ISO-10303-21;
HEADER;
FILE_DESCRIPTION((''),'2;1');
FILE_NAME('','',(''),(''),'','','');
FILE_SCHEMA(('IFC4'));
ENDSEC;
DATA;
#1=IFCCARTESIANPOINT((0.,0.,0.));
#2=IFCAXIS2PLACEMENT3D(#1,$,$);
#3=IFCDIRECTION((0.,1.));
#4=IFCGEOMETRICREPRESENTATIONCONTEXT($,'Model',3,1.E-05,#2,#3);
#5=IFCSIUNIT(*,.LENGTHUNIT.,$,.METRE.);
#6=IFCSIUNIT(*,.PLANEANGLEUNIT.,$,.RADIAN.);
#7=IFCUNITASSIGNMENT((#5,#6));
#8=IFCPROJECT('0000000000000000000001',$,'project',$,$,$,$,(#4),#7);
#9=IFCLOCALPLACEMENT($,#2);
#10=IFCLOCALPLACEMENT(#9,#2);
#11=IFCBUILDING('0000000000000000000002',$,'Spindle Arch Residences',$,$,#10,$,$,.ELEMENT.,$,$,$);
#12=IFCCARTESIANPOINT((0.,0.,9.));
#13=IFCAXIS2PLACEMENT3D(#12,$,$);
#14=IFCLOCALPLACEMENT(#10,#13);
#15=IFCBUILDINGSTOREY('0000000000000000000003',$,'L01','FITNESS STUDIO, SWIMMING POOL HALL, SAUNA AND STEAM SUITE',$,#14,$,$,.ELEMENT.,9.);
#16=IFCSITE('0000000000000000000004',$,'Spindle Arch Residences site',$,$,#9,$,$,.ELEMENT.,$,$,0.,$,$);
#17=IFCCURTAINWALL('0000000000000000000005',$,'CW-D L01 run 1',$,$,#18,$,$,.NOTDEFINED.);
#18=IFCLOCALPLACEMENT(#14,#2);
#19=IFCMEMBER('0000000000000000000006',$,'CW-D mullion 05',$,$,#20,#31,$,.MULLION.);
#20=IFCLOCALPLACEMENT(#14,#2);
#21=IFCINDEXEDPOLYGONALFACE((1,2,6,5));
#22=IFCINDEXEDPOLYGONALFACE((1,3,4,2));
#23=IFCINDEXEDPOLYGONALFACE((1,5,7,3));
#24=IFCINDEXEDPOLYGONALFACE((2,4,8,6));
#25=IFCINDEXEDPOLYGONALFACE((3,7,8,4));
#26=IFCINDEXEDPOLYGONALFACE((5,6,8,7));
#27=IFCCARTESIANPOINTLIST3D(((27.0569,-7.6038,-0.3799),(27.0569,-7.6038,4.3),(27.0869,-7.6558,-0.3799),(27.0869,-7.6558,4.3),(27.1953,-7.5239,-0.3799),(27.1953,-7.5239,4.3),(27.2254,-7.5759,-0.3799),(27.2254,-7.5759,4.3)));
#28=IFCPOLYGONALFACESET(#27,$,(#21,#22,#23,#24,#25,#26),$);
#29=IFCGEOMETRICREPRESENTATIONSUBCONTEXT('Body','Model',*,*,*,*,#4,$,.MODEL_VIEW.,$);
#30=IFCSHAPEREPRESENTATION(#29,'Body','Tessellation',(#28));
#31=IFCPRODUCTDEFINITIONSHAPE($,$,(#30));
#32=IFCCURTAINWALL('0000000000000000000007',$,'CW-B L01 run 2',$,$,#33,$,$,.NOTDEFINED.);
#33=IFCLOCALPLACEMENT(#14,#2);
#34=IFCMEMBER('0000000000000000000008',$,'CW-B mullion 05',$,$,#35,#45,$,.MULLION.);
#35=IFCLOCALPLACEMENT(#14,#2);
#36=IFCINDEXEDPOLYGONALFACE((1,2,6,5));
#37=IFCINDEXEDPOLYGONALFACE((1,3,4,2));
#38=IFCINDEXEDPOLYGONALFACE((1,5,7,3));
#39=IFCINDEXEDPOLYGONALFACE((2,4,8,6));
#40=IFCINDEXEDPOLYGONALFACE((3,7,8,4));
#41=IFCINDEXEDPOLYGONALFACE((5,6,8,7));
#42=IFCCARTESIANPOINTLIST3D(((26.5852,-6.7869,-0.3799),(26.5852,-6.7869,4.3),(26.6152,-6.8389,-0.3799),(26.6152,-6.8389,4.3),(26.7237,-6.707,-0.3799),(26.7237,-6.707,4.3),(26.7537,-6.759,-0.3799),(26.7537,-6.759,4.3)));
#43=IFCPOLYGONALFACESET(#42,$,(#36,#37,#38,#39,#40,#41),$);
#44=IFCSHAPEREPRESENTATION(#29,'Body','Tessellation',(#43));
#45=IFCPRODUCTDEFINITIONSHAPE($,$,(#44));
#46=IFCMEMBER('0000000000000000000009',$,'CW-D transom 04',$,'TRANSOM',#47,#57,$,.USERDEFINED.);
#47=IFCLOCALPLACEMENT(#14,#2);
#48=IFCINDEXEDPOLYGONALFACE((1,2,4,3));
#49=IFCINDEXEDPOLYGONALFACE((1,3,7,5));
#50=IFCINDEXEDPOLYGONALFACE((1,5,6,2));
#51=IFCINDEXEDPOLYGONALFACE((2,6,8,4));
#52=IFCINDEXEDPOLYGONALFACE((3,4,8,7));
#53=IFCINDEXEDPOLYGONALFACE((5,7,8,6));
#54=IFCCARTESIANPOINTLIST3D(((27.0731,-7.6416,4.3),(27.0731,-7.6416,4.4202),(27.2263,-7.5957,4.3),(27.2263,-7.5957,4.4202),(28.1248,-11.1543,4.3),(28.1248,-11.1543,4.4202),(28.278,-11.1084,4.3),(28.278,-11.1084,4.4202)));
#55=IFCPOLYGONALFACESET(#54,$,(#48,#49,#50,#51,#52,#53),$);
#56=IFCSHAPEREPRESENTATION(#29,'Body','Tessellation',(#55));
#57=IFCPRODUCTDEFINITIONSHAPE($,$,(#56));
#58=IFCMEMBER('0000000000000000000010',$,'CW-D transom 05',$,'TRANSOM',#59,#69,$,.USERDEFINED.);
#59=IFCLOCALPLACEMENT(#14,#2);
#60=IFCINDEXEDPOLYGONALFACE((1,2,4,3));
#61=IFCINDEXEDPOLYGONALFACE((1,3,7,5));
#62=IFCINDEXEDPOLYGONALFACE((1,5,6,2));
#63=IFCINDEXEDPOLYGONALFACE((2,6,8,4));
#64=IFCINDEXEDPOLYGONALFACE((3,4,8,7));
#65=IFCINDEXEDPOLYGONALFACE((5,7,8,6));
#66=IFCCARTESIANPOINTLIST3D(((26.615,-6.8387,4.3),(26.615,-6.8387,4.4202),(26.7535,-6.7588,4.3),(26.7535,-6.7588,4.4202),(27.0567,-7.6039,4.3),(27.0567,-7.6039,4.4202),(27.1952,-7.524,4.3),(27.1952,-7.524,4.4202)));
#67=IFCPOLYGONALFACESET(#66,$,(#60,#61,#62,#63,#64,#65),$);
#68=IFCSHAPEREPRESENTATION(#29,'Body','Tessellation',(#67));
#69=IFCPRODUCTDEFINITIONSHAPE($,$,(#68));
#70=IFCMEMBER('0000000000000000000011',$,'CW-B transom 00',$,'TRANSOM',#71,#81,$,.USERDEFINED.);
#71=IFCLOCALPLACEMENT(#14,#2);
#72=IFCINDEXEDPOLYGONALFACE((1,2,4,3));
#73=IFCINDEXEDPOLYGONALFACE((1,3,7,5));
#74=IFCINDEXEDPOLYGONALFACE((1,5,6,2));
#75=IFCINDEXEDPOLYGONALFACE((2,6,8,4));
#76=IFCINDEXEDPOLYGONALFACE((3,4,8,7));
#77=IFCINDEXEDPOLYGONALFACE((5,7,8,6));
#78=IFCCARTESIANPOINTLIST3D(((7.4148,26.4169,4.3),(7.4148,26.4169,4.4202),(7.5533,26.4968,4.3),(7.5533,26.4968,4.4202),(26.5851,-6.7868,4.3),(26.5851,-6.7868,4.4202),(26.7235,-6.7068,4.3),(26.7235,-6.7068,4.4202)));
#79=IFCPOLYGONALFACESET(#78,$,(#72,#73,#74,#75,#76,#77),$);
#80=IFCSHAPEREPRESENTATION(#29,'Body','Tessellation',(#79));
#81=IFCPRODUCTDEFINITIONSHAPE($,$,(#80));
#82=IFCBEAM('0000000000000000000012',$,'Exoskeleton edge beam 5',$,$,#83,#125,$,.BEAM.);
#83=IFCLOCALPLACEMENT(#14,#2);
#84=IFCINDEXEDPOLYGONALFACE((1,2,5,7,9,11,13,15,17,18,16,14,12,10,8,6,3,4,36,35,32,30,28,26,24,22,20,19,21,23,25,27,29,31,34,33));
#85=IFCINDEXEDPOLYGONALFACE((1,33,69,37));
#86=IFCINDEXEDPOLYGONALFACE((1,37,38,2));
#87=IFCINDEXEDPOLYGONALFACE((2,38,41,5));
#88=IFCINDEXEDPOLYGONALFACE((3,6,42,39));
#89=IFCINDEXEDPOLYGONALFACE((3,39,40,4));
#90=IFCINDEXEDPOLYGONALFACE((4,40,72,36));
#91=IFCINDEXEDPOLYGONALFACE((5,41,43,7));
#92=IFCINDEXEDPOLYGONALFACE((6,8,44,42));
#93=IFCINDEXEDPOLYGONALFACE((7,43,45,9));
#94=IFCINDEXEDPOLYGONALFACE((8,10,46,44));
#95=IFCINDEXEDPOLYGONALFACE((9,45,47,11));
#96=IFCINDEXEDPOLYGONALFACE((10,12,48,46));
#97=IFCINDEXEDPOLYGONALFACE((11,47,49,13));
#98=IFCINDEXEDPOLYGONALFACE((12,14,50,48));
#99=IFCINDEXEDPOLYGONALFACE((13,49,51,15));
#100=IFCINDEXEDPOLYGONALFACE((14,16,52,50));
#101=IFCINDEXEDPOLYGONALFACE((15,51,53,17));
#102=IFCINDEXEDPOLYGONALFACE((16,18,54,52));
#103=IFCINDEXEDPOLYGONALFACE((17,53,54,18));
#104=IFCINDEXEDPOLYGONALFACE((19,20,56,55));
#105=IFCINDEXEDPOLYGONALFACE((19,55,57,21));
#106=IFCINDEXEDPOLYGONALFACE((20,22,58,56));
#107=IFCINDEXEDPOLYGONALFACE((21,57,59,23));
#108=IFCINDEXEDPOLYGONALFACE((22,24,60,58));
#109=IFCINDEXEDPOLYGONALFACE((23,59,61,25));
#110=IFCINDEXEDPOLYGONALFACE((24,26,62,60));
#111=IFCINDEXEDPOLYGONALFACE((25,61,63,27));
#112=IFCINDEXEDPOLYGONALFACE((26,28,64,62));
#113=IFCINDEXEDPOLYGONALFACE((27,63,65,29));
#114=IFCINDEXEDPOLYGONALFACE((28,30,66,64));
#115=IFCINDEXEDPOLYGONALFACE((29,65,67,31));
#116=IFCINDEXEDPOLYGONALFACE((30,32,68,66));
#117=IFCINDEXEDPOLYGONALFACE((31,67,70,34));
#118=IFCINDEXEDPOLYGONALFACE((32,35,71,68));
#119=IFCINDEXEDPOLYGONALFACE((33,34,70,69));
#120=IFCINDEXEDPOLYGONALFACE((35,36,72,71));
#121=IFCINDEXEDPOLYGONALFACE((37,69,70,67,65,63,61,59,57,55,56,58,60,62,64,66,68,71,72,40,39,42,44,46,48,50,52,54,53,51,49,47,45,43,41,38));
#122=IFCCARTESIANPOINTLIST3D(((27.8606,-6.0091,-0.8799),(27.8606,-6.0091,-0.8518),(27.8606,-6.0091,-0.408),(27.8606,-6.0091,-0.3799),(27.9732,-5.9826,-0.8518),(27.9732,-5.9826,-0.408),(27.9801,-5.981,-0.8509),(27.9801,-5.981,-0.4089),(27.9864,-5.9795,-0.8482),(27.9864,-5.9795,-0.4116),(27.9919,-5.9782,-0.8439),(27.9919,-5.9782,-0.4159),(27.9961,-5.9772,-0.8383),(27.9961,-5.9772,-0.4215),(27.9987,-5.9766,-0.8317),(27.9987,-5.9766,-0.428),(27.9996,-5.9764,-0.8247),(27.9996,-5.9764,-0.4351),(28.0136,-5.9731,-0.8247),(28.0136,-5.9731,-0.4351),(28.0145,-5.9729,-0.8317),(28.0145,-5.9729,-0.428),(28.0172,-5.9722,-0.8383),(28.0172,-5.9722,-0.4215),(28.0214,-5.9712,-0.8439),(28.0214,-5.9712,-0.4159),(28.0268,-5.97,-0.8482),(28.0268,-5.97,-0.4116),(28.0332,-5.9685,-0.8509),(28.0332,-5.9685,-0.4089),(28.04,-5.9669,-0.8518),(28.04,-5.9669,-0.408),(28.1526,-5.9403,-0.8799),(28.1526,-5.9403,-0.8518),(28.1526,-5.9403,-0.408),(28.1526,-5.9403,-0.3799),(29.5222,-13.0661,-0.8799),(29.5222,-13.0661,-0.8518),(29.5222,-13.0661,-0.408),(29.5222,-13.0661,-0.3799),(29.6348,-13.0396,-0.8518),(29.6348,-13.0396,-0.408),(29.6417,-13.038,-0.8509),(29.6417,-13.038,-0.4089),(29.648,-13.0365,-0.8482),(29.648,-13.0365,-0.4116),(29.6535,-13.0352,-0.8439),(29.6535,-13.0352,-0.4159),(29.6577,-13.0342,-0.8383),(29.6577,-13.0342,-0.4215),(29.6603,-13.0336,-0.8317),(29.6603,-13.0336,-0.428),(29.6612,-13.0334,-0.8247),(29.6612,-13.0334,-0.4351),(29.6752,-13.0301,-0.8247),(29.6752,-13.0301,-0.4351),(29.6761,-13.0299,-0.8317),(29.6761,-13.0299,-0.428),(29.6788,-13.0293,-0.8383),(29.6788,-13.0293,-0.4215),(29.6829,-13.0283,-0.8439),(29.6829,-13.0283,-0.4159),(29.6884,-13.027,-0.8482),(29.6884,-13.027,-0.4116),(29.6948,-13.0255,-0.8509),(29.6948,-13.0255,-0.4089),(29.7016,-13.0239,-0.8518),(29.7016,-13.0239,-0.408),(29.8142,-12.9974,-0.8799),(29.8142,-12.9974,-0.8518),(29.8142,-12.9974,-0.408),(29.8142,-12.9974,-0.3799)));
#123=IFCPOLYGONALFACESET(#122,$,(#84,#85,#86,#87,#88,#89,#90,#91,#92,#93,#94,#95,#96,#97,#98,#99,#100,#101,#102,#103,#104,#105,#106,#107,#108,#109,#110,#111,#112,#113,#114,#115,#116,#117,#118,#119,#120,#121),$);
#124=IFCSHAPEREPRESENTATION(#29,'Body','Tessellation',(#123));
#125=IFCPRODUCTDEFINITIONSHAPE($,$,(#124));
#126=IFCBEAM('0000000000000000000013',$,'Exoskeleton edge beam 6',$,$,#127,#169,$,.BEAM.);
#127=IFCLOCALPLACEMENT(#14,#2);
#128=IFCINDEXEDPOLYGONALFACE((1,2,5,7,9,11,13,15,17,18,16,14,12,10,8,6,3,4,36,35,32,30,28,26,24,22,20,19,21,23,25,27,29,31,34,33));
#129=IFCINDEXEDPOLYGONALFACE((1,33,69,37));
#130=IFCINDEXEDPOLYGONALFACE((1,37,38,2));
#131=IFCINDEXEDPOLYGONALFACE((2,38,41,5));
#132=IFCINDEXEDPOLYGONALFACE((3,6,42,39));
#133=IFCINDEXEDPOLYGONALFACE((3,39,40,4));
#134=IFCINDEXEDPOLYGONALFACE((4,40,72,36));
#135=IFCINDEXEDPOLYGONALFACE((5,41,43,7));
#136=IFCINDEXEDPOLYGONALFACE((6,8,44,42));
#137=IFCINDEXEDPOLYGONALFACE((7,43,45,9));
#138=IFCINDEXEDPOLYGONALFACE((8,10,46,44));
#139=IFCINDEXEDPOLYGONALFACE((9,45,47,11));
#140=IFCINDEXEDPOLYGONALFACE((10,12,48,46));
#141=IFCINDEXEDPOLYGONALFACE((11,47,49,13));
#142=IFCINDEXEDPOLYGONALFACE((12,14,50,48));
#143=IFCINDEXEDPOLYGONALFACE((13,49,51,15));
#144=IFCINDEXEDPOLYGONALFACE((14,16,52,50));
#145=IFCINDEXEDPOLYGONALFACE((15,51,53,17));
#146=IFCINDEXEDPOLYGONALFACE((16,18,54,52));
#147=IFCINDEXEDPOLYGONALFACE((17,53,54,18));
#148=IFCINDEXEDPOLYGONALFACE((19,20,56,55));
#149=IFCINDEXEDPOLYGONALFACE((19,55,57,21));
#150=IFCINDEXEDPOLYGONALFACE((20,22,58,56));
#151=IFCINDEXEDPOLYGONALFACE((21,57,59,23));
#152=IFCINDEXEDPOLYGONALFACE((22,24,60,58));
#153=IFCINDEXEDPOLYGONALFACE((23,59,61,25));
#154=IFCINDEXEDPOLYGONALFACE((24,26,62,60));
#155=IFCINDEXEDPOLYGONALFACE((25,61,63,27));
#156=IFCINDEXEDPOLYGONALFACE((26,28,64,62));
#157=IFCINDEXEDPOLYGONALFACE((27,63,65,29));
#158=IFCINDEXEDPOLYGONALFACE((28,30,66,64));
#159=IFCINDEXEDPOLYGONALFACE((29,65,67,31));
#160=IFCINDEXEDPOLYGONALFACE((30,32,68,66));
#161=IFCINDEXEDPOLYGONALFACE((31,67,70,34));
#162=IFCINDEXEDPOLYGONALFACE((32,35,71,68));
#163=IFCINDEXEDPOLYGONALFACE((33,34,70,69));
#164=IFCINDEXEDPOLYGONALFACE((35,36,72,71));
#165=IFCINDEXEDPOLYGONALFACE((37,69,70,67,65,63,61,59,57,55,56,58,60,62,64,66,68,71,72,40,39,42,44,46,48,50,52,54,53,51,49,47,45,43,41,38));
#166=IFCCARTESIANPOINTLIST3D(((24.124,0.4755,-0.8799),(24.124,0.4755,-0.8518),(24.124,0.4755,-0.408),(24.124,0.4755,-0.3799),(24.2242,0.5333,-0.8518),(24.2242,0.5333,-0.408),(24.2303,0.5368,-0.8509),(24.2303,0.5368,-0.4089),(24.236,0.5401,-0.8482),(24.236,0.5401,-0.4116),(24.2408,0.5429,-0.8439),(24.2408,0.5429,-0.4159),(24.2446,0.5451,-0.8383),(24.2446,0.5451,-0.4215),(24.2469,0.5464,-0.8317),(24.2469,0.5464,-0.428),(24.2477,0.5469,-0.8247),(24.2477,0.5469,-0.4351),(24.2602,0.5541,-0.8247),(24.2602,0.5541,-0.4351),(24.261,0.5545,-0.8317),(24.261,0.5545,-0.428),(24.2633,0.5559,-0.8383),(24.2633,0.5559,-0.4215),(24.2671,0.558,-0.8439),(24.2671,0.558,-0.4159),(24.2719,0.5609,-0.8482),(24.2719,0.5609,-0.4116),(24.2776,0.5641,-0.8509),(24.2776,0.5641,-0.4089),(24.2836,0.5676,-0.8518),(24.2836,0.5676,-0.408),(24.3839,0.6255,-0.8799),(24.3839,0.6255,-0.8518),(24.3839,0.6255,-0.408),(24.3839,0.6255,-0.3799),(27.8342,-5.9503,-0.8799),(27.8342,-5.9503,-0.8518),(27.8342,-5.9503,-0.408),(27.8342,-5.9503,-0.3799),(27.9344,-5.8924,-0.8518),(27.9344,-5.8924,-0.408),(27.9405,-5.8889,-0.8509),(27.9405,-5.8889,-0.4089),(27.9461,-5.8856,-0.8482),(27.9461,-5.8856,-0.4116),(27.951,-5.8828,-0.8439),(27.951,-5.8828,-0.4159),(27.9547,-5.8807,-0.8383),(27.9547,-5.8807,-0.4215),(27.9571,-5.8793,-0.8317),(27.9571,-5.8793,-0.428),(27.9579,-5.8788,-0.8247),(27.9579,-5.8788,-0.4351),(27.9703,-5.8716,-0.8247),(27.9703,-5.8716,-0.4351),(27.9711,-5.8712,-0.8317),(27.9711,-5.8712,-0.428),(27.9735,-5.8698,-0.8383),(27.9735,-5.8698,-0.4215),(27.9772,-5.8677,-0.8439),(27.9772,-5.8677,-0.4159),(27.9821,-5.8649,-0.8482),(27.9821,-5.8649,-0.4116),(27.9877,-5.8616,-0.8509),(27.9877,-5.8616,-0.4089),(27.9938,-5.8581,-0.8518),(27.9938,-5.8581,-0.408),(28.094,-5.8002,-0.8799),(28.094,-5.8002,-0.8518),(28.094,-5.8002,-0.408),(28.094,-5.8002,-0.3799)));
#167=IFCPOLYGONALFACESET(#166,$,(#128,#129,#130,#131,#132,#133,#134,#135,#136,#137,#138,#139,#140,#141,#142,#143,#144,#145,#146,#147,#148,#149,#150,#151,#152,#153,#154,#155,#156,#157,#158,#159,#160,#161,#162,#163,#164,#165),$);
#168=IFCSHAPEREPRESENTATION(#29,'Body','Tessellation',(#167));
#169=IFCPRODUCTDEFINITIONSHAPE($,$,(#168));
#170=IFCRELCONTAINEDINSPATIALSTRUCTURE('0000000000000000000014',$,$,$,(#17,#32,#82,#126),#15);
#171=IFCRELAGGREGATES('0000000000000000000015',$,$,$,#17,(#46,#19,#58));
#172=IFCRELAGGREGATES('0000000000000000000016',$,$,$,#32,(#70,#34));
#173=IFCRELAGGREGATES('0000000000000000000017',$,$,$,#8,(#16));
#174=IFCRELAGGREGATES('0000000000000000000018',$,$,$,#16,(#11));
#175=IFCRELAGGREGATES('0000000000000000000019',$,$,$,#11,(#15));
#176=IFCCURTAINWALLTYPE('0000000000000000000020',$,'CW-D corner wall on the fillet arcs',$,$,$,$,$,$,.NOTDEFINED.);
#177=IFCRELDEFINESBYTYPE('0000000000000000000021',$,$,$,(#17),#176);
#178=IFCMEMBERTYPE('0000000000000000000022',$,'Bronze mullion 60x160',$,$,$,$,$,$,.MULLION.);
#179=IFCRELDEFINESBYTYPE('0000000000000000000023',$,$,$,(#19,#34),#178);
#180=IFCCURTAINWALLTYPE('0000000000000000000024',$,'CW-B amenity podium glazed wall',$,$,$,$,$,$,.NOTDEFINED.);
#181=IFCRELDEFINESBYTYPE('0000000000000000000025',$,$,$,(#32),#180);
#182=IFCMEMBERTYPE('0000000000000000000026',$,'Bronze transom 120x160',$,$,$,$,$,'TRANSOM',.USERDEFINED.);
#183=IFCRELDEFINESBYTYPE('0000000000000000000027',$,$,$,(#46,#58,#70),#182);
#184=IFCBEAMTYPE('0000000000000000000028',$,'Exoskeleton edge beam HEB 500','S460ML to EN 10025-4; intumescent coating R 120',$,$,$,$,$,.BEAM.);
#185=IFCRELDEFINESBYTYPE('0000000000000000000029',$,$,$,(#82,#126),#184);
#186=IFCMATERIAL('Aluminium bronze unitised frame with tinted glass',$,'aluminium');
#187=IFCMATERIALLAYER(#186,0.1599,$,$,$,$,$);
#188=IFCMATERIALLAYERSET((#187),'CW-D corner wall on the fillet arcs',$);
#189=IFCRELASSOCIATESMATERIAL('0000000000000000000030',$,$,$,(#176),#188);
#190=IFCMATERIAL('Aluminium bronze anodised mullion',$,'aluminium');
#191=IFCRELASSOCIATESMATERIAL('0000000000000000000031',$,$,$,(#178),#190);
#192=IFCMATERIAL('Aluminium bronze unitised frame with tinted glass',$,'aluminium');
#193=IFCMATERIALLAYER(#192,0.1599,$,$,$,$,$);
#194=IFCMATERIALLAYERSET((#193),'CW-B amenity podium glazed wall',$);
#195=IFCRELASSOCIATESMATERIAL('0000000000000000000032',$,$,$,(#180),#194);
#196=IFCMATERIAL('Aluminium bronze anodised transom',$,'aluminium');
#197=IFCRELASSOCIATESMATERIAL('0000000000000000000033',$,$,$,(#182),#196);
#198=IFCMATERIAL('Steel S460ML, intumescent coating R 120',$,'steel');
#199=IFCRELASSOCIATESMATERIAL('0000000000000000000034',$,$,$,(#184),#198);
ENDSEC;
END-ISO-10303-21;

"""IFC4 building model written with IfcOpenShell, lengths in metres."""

from ifc_helpers import new_model, si_unit, direction, frame, origin, origin_2d, place, context, subcontext, project, spatial, rectangle, i_section, extrude, material, layer, layer_set, material_profile, profile_set, type_object, element, aggregate, save


model = new_model("IFC4")

# Units and contexts
model_context = context("Model", 3, precision=1e-05, world=origin(), true_north=direction((0.0, 1.0)))
body_context = subcontext(model_context, "Body", "Model", "MODEL_VIEW")
ifc_project = project(units=[si_unit("LENGTHUNIT", "METRE"), si_unit("PLANEANGLEUNIT", "RADIAN")], contexts=[model_context])

# Site, building, storey
site_placement = place(None, origin())
site = spatial("IfcSite", under=ifc_project, at=site_placement, Name="Spindle Arch Residences site", CompositionType="ELEMENT", RefElevation=0.0)
building_placement = place(site_placement, origin())
building = spatial("IfcBuilding", under=site, at=building_placement, Name="Spindle Arch Residences", CompositionType="ELEMENT")
storey_placement = place(building_placement, frame((0.0, 0.0, 9.0)))
storey = spatial("IfcBuildingStorey", under=building, at=storey_placement, Name="L01", Description="FITNESS STUDIO, SWIMMING POOL HALL, SAUNA AND STEAM SUITE", CompositionType="ELEMENT", Elevation=9.0)

# Curtain wall, member
ifc_material_1 = material(Name="Aluminium bronze unitised frame with tinted glass", Category="aluminium")
ifc_layer_1 = layer(ifc_material_1, 0.1599)
ifc_layer_set_1 = layer_set([ifc_layer_1], Name="CW-D corner wall on the fillet arcs")
curtain_wall_type_1 = type_object("IfcCurtainWallType", Name="CW-D corner wall on the fillet arcs", PredefinedType="NOTDEFINED", material=ifc_layer_set_1)
curtain_wall_1_placement = place(storey_placement, origin())
curtain_wall_1 = element("IfcCurtainWall", 1, at=curtain_wall_1_placement, inside=storey, type_object=curtain_wall_type_1, Name="CW-D L01 run 1", PredefinedType="NOTDEFINED")
ifc_material_2 = material(Name="Aluminium bronze anodised mullion", Category="aluminium")
ifc_material_profile_1 = material_profile(ifc_material_2, rectangle(XDim=0.1599, YDim=0.0601, at=origin_2d()), Name="MU 60x160")
ifc_profile_set_1 = profile_set([ifc_material_profile_1], Name="Aluminium bronze anodised mullion")
member_type_1 = type_object("IfcMemberType", Name="Bronze mullion 60x160", PredefinedType="MULLION", material=ifc_profile_set_1)
member_1_placement = place(storey_placement, frame((27.1411, -7.5898, -0.3799), z_axis=(0.0, 0.0, 1.0), x_axis=(-0.866025, -0.5, 0.0)))
member_1 = element("IfcMember", 2, at=member_1_placement, type_object=member_type_1, Name="CW-D mullion 05", PredefinedType="MULLION", context=body_context, shape_type="SweptSolid", body=[
    extrude(rectangle(XDim=0.1599, YDim=0.0601, at=origin_2d()), origin(), (0.0, 0.0, 1.0), 4.6799),
])

# Curtain wall, member
ifc_material_3 = material(Name="Aluminium bronze unitised frame with tinted glass", Category="aluminium")
ifc_layer_2 = layer(ifc_material_3, 0.1599)
ifc_layer_set_2 = layer_set([ifc_layer_2], Name="CW-B amenity podium glazed wall")
curtain_wall_type_2 = type_object("IfcCurtainWallType", Name="CW-B amenity podium glazed wall", PredefinedType="NOTDEFINED", material=ifc_layer_set_2)
curtain_wall_2_placement = place(storey_placement, origin())
curtain_wall_2 = element("IfcCurtainWall", 3, at=curtain_wall_2_placement, inside=storey, type_object=curtain_wall_type_2, Name="CW-B L01 run 2", PredefinedType="NOTDEFINED")
member_2_placement = place(storey_placement, frame((26.6694, -6.7729, -0.3799), z_axis=(0.0, 0.0, 1.0), x_axis=(-0.866025, -0.5, 0.0)))
member_2 = element("IfcMember", 4, at=member_2_placement, type_object=member_type_1, Name="CW-B mullion 05", PredefinedType="MULLION", context=body_context, shape_type="SweptSolid", body=[
    extrude(rectangle(XDim=0.1599, YDim=0.0601, at=origin_2d()), origin(), (0.0, 0.0, 1.0), 4.6799),
])

# Members
ifc_material_4 = material(Name="Aluminium bronze anodised transom", Category="aluminium")
ifc_material_profile_2 = material_profile(ifc_material_4, rectangle(XDim=0.1599, YDim=0.1201, at=origin_2d()), Name="TR 120x160")
ifc_profile_set_2 = profile_set([ifc_material_profile_2], Name="Aluminium bronze anodised transom")
member_type_2 = type_object("IfcMemberType", Name="Bronze transom 120x160", ElementType="TRANSOM", PredefinedType="USERDEFINED", material=ifc_profile_set_2)
member_3_placement = place(storey_placement, frame((28.2014, -11.1313, 4.3601), z_axis=(-0.286835, 0.95798, 0.0), x_axis=(-0.95798, -0.286835, 0.0)))
member_3 = element("IfcMember", 5, at=member_3_placement, type_object=member_type_2, Name="CW-D transom 04", ObjectType="TRANSOM", PredefinedType="USERDEFINED", context=body_context, shape_type="SweptSolid", body=[
    extrude(rectangle(XDim=0.1599, YDim=0.1201, at=origin_2d()), origin(), (0.0, 0.0, 1.0), 3.6667),
])
member_4_placement = place(storey_placement, frame((27.126, -7.564, 4.3601), z_axis=(-0.499914, 0.866075, 0.0), x_axis=(-0.866075, -0.499914, 0.0)))
member_4 = element("IfcMember", 6, at=member_4_placement, type_object=member_type_2, Name="CW-D transom 05", ObjectType="TRANSOM", PredefinedType="USERDEFINED", context=body_context, shape_type="SweptSolid", body=[
    extrude(rectangle(XDim=0.1599, YDim=0.1201, at=origin_2d()), origin(), (0.0, 0.0, 1.0), 0.8835),
])
member_5_placement = place(storey_placement, frame((26.6543, -6.7468, 4.3601), z_axis=(-0.500001, 0.866025, 0.0), x_axis=(-0.866025, -0.500001, 0.0)))
member_5 = element("IfcMember", 7, at=member_5_placement, type_object=member_type_2, Name="CW-B transom 00", ObjectType="TRANSOM", PredefinedType="USERDEFINED", context=body_context, shape_type="SweptSolid", body=[
    extrude(rectangle(XDim=0.1599, YDim=0.1201, at=origin_2d()), origin(), (0.0, 0.0, 1.0), 38.3403),
])

# Beams
ifc_material_5 = material(Name="Steel S460ML, intumescent coating R 120", Category="steel")
ifc_material_profile_3 = material_profile(ifc_material_5, i_section(OverallWidth=0.3, OverallDepth=0.5, WebThickness=0.0144, FlangeThickness=0.0281, FilletRadius=0.0271, at=origin_2d()), Name="HEB 500")
ifc_profile_set_3 = profile_set([ifc_material_profile_3], Name="Steel S460ML, intumescent coating R 120")
beam_type_1 = type_object("IfcBeamType", Name="Exoskeleton edge beam HEB 500", Description="S460ML to EN 10025-4; intumescent coating R 120", PredefinedType="BEAM", material=ifc_profile_set_3)
beam_1_placement = place(storey_placement, frame((29.6682, -13.0317, -0.6299), z_axis=(-0.229186, 0.973383, 0.0), x_axis=(-0.973383, -0.229186, 0.0)))
element("IfcBeam", 8, at=beam_1_placement, inside=storey, type_object=beam_type_1, Name="Exoskeleton edge beam 5", PredefinedType="BEAM", context=body_context, shape_type="SweptSolid", body=[
    extrude(i_section(OverallWidth=0.3, OverallDepth=0.5, WebThickness=0.0144, FlangeThickness=0.0281, FilletRadius=0.0271, at=origin_2d()), origin(), (0.0, 0.0, 1.0), 7.25),
])
beam_2_placement = place(storey_placement, frame((27.9641, -5.8752, -0.6299), z_axis=(-0.500028, 0.866009, 0.0), x_axis=(-0.866009, -0.500028, 0.0)))
element("IfcBeam", 9, at=beam_2_placement, inside=storey, type_object=beam_type_1, Name="Exoskeleton edge beam 6", PredefinedType="BEAM", context=body_context, shape_type="SweptSolid", body=[
    extrude(i_section(OverallWidth=0.3, OverallDepth=0.5, WebThickness=0.0144, FlangeThickness=0.0281, FilletRadius=0.0271, at=origin_2d()), origin(), (0.0, 0.0, 1.0), 7.4199),
])

aggregate(curtain_wall_1, [member_3, member_1, member_4])
aggregate(curtain_wall_2, [member_5, member_2])

save(model, "model.ifc")
